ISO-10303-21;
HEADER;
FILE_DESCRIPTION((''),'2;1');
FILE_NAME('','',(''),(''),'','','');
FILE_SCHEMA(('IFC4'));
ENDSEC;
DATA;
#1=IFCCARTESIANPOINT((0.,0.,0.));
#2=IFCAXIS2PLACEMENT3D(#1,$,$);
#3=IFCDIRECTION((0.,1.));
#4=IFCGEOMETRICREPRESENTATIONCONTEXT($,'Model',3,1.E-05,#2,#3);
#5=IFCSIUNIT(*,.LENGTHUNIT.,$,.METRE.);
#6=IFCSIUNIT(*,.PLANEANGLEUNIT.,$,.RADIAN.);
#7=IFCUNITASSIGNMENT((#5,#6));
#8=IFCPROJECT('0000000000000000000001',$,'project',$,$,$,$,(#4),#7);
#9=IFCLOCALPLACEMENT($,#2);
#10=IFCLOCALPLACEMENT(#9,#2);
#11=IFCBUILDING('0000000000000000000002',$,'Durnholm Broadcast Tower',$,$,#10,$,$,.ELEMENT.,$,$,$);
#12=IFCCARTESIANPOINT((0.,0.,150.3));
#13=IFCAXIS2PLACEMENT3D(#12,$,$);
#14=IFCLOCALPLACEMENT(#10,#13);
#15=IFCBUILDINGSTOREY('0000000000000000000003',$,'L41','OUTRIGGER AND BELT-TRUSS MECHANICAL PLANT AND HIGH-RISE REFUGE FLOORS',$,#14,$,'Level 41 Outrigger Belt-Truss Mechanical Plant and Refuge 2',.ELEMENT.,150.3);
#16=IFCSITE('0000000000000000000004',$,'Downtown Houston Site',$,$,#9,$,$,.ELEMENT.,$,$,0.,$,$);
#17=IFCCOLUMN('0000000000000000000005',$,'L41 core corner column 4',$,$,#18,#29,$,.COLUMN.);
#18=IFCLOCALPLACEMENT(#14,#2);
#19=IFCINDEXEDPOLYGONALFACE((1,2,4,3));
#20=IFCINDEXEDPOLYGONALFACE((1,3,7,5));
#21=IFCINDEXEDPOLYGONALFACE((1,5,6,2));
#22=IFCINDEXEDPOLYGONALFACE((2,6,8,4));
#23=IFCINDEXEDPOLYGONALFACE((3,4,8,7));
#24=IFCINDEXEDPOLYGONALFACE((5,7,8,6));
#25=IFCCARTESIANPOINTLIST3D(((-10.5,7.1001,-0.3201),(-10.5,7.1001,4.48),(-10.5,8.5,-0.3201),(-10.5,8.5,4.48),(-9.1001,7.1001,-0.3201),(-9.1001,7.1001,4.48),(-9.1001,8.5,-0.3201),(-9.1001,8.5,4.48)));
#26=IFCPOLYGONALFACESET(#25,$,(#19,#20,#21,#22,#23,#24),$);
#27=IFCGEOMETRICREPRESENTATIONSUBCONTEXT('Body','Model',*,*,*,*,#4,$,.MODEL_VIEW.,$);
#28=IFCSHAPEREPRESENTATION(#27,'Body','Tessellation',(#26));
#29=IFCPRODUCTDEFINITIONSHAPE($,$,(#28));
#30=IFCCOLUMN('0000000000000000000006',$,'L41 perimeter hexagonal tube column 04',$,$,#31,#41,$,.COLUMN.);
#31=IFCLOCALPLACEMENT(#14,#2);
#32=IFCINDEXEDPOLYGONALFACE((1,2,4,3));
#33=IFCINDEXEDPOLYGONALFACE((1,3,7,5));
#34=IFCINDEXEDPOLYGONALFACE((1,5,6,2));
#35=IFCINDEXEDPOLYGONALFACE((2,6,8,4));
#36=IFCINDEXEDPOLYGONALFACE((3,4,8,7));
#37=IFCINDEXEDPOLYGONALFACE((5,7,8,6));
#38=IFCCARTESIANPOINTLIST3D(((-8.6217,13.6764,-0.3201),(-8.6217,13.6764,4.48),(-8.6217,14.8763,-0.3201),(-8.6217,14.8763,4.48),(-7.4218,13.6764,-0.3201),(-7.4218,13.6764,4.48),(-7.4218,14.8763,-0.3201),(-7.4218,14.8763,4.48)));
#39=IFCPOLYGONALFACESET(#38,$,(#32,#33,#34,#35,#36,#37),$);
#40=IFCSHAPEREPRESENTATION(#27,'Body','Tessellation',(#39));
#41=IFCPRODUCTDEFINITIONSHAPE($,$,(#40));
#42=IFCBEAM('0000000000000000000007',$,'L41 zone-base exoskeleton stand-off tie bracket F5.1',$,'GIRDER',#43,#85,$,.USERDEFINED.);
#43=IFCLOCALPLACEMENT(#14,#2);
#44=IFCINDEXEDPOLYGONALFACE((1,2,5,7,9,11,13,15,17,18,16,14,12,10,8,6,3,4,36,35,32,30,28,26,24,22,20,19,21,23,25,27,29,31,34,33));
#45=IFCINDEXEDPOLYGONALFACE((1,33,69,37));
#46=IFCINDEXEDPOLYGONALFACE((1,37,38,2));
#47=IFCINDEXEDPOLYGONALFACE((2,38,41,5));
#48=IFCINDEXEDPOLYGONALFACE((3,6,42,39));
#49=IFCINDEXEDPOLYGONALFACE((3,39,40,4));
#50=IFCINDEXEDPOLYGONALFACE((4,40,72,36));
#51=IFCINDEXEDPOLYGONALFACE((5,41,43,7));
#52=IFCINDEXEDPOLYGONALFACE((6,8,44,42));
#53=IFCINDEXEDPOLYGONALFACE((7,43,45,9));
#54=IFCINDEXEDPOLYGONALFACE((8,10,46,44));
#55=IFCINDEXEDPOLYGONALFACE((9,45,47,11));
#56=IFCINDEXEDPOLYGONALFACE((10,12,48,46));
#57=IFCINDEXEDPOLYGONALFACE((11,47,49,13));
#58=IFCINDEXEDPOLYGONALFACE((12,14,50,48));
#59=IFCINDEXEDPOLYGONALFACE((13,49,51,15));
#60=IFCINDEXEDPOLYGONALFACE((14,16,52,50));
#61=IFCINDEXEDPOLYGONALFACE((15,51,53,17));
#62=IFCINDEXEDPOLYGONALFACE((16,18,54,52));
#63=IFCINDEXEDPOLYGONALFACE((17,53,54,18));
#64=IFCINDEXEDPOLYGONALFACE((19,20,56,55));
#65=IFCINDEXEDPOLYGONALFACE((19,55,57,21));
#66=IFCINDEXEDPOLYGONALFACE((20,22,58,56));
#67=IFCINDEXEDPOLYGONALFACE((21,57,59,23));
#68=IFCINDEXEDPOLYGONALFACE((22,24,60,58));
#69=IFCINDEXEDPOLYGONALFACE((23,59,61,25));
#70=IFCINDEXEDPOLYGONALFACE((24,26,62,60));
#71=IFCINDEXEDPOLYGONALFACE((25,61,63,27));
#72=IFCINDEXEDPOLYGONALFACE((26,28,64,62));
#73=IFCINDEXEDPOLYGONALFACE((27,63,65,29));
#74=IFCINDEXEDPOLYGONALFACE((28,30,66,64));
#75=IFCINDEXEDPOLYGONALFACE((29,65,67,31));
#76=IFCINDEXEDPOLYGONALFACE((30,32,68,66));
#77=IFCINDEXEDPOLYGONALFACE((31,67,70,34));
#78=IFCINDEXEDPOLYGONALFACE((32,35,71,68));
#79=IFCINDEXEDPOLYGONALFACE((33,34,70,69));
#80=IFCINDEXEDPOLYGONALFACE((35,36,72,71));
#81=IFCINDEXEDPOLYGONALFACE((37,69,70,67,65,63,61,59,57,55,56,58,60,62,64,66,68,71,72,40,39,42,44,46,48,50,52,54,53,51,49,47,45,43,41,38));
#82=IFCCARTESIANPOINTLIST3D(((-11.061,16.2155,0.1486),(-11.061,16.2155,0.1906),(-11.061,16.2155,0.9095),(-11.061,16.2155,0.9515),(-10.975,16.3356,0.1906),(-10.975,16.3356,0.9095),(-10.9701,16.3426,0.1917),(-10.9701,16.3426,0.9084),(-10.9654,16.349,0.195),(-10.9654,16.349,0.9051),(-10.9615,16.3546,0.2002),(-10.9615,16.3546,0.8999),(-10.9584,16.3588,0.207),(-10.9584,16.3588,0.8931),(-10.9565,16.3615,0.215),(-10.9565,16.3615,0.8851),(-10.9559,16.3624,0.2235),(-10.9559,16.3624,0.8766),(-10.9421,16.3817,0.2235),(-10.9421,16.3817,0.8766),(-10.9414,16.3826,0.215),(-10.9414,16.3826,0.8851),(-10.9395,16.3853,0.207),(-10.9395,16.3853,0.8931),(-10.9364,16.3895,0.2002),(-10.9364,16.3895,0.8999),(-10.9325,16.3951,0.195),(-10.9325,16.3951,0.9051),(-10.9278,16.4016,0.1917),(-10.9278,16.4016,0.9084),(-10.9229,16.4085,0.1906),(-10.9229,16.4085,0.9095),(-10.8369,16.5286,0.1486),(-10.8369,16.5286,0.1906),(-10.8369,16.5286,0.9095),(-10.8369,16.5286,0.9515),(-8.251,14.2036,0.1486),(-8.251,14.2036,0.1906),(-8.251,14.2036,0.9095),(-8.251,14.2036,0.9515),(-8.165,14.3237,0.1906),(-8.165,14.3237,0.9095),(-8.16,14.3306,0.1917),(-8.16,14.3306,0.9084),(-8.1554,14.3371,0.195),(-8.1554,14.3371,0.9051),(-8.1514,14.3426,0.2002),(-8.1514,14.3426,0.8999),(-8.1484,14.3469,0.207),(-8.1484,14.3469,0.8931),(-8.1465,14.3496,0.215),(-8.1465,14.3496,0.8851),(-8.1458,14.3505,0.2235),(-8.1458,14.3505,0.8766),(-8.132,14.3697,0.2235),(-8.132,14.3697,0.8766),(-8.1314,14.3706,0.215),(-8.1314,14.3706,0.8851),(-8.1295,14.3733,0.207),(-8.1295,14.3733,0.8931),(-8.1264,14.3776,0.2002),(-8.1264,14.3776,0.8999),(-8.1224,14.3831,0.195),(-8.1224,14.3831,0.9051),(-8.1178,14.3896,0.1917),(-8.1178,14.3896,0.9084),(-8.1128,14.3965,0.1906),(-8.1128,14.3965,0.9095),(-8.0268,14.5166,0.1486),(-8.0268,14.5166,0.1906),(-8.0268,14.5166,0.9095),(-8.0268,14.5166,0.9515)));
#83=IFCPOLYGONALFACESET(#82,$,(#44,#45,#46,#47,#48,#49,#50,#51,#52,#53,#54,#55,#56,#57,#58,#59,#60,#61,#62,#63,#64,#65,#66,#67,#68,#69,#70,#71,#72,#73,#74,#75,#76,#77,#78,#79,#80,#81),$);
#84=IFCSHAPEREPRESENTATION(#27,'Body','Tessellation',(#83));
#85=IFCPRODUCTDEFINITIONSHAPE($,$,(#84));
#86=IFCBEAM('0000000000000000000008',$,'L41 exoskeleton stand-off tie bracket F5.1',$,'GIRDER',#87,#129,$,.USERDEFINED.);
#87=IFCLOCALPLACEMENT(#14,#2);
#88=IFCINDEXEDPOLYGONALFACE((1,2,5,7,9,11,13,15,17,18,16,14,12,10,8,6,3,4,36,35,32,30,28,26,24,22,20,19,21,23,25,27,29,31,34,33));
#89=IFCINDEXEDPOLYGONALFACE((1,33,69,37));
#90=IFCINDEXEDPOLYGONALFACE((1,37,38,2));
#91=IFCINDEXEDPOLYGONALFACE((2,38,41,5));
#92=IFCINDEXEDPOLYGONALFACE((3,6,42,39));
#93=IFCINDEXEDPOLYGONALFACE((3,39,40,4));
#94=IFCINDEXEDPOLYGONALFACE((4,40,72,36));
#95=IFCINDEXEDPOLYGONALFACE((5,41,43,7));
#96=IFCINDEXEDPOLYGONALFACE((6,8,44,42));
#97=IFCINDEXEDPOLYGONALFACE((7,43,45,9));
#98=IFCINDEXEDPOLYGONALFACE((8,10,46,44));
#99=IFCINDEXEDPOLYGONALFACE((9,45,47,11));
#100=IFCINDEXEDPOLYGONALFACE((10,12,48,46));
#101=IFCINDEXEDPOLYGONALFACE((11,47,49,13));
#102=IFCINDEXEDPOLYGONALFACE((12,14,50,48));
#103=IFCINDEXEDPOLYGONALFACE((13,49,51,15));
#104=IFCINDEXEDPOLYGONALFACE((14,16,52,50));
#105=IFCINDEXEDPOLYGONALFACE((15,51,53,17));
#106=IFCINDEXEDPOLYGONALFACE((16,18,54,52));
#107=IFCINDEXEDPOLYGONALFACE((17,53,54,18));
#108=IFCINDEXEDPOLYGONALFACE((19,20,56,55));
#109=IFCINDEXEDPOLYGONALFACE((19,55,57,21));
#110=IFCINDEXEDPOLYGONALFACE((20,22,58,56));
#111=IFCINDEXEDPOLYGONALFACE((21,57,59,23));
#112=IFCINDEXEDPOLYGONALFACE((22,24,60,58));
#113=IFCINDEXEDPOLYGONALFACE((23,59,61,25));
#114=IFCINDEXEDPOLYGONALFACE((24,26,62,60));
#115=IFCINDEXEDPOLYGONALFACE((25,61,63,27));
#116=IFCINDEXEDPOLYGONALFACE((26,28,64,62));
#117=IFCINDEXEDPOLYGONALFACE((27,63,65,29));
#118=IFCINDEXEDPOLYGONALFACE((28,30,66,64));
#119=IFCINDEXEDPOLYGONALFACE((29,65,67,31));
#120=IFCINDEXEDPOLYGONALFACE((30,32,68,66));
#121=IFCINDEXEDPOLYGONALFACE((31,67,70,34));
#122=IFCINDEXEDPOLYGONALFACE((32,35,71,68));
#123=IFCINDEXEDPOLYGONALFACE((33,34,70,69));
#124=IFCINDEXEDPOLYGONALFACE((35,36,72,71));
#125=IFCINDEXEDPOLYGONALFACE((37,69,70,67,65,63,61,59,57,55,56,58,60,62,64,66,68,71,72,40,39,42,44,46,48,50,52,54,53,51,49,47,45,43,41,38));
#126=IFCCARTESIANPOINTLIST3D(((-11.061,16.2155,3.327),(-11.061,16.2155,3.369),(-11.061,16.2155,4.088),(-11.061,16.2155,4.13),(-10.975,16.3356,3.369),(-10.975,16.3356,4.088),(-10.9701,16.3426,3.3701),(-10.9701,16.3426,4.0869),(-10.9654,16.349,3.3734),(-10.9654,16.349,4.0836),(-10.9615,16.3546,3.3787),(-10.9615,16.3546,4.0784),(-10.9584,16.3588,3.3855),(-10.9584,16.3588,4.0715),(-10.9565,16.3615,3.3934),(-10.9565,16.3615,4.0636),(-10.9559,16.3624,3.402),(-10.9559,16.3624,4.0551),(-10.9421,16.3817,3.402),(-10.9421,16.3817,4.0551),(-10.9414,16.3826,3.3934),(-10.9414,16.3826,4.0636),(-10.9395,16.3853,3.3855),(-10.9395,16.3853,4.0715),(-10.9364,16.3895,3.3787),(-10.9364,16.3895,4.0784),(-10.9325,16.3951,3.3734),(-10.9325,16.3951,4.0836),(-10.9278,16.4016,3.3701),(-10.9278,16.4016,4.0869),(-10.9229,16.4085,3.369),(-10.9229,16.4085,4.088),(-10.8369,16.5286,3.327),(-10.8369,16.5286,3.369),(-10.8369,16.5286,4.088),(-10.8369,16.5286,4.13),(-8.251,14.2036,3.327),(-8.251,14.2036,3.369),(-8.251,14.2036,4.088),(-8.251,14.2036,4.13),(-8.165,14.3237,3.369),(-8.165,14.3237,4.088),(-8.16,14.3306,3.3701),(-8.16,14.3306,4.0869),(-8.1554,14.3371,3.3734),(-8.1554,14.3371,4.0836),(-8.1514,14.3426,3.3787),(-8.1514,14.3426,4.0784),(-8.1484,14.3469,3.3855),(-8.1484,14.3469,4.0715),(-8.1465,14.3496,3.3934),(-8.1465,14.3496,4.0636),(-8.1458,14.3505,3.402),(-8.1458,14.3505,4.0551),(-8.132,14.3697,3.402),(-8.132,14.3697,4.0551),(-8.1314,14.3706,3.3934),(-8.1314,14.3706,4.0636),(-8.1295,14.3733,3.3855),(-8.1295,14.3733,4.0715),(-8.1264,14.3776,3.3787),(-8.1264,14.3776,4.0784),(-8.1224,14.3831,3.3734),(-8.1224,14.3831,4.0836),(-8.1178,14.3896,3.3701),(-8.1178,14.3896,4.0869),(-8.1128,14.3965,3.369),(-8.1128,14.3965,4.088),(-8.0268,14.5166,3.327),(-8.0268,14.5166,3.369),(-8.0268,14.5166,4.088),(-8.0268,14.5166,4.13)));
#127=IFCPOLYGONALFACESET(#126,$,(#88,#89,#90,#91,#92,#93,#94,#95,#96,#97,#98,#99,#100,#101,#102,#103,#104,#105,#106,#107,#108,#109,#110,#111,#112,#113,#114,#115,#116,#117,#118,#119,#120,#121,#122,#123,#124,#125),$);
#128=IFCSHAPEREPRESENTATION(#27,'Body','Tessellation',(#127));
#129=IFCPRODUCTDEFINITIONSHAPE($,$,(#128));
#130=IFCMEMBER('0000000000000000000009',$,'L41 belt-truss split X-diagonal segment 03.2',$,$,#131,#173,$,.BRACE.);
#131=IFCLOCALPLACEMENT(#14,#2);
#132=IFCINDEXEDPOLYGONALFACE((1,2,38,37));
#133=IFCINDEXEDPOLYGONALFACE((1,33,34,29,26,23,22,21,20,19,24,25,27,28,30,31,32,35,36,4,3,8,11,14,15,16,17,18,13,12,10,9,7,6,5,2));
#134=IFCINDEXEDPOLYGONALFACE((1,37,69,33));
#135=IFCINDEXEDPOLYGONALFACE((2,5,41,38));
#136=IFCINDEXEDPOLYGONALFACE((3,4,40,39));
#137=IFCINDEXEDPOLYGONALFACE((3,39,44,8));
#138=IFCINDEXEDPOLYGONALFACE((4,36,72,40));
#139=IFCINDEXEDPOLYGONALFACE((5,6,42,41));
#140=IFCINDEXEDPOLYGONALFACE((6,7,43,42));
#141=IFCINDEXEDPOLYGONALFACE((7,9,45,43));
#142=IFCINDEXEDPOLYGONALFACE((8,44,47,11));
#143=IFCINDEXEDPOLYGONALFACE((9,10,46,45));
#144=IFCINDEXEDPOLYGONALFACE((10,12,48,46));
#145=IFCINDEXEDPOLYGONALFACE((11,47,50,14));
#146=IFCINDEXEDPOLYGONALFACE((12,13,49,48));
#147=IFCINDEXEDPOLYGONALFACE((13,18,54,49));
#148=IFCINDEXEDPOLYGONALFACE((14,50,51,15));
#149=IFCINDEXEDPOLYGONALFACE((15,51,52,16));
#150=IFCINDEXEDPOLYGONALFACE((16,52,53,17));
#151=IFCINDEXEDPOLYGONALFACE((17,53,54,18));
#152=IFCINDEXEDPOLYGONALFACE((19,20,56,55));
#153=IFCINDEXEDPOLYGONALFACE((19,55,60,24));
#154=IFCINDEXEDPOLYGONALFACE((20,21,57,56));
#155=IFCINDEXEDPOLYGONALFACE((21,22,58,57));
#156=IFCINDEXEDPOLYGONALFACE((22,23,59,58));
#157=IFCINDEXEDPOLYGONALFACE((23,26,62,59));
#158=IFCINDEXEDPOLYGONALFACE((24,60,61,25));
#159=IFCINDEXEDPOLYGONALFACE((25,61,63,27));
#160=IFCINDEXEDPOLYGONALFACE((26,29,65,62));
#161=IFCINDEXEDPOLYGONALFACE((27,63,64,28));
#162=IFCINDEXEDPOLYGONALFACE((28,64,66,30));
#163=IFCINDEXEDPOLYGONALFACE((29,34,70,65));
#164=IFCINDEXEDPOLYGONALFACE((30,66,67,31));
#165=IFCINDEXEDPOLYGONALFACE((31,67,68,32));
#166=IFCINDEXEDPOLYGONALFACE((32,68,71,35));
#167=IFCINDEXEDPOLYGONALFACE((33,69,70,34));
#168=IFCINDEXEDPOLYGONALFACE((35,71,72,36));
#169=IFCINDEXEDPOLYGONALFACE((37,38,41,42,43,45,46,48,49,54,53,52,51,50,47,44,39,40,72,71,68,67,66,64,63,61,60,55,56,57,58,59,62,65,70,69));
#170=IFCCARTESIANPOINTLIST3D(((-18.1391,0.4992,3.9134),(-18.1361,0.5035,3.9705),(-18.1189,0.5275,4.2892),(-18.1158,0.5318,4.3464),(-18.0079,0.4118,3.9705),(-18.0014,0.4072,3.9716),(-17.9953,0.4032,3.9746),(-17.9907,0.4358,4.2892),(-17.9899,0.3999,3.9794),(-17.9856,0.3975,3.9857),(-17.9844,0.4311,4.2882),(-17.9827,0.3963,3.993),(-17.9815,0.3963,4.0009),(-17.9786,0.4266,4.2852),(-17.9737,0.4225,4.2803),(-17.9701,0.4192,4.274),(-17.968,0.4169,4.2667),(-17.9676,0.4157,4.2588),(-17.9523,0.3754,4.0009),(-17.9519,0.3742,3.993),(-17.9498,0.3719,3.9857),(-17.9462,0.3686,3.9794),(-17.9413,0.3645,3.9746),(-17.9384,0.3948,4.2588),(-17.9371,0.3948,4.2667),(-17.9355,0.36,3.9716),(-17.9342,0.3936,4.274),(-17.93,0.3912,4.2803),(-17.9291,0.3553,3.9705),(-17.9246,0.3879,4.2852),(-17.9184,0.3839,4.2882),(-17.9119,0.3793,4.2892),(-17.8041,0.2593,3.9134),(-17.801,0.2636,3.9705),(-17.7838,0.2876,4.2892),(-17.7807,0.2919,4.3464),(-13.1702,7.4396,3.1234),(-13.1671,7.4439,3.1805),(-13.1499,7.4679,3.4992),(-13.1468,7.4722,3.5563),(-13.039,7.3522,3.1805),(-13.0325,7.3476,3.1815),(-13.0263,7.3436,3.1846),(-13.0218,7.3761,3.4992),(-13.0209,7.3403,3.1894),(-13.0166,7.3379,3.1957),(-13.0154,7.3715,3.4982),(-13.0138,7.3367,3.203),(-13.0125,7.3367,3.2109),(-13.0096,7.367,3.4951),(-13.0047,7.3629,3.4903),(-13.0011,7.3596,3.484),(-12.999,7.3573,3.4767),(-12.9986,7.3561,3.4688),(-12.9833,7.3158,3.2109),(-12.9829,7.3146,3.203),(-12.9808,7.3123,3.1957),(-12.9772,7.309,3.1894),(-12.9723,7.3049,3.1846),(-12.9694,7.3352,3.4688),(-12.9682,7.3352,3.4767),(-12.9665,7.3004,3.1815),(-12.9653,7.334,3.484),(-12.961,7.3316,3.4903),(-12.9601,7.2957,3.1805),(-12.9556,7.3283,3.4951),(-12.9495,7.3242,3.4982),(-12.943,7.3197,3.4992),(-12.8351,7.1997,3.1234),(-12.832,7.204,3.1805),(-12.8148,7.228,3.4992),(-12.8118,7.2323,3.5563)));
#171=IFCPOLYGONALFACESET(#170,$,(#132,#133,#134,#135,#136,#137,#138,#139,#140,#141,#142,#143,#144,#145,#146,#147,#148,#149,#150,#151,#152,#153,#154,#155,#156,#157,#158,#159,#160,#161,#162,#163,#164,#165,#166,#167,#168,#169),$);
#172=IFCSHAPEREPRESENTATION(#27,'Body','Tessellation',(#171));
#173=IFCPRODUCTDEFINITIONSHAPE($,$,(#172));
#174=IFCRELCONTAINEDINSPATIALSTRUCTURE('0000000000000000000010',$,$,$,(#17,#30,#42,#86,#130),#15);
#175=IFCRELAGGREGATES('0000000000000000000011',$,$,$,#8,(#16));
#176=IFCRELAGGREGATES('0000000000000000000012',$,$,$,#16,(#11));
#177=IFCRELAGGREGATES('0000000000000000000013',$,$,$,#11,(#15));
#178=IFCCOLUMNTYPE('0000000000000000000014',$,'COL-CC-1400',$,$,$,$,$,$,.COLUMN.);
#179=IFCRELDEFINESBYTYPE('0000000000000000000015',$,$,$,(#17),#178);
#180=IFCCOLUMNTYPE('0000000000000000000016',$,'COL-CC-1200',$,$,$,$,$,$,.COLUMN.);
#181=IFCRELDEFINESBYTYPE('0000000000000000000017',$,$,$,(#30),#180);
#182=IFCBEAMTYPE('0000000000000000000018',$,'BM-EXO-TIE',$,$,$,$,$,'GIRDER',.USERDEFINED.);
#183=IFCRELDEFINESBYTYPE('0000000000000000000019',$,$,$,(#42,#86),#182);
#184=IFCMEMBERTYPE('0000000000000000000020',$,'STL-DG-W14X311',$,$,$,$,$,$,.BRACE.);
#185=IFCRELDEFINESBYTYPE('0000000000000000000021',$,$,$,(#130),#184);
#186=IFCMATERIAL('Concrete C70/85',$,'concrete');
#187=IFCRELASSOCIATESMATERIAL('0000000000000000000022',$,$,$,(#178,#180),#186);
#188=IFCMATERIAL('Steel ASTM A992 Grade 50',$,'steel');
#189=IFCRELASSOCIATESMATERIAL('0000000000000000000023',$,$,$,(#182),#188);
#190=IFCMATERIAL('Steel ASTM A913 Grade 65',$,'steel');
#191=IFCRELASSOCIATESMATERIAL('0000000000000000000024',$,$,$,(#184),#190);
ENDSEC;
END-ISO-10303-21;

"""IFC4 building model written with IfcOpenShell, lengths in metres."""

from ifc_helpers import new_model, si_unit, direction, frame, origin, origin_2d, place, context, subcontext, project, spatial, rectangle, i_section, extrude, source, transform, mapped, material, material_profile, profile_set, type_object, type_shapes, element, save


model = new_model("IFC4")

# Units and contexts
model_context = context("Model", 3, precision=1e-05, world=origin(), true_north=direction((0.0, 1.0)))
body_context = subcontext(model_context, "Body", "Model", "MODEL_VIEW")
ifc_project = project(units=[si_unit("LENGTHUNIT", "METRE"), si_unit("PLANEANGLEUNIT", "RADIAN")], contexts=[model_context])

# Site, building, storey
site_placement = place(None, origin())
site = spatial("IfcSite", under=ifc_project, at=site_placement, Name="Downtown Houston Site", CompositionType="ELEMENT", RefElevation=0.0)
building_placement = place(site_placement, origin())
building = spatial("IfcBuilding", under=site, at=building_placement, Name="Durnholm Broadcast Tower", CompositionType="ELEMENT")
storey_placement = place(building_placement, frame((0.0, 0.0, 150.3)))
storey = spatial("IfcBuildingStorey", under=building, at=storey_placement, Name="L41", Description="OUTRIGGER AND BELT-TRUSS MECHANICAL PLANT AND HIGH-RISE REFUGE FLOORS", LongName="Level 41 Outrigger Belt-Truss Mechanical Plant and Refuge 2", CompositionType="ELEMENT", Elevation=150.3)

# Columns
ifc_material_1 = material(Name="Concrete C70/85", Category="concrete")
ifc_material_profile_1 = material_profile(ifc_material_1, rectangle(XDim=1.3999, YDim=1.3999, at=origin_2d()), Name="RC1400X1400")
ifc_profile_set_1 = profile_set([ifc_material_profile_1], Name="Concrete C70/85")
column_type_1 = type_object("IfcColumnType", Name="COL-CC-1400", PredefinedType="COLUMN", material=ifc_profile_set_1)
shared_shape_1 = source(origin(), body_context, "Body", "SweptSolid", [
    extrude(rectangle(XDim=1.3999, YDim=1.3999, at=origin_2d()), origin(), (0.0, 0.0, 1.0), 4.8),
])
type_shapes(column_type_1, [shared_shape_1])
column_1_placement = place(storey_placement, frame((-9.8, 7.8, -0.3201), z_axis=(0.0, 0.0, 1.0), x_axis=(1.0, 0.0, 0.0)))
element("IfcColumn", 1, at=column_1_placement, inside=storey, type_object=column_type_1, Name="L41 core corner column 4", PredefinedType="COLUMN", context=body_context, shape_type="MappedRepresentation", body=[
    mapped(shared_shape_1, transform((0.0, 0.0, 0.0), x_axis=(1.0, 0.0, 0.0), y_axis=(0.0, 1.0, 0.0), z_axis=(0.0, 0.0, 1.0), scale=1.0)),
])
ifc_material_profile_2 = material_profile(ifc_material_1, rectangle(XDim=1.2, YDim=1.2, at=origin_2d()), Name="RC1200X1200")
ifc_profile_set_2 = profile_set([ifc_material_profile_2], Name="Concrete C70/85")
column_type_2 = type_object("IfcColumnType", Name="COL-CC-1200", PredefinedType="COLUMN", material=ifc_profile_set_2)
shared_shape_2 = source(origin(), body_context, "Body", "SweptSolid", [
    extrude(rectangle(XDim=1.2, YDim=1.2, at=origin_2d()), origin(), (0.0, 0.0, 1.0), 4.8),
])
type_shapes(column_type_2, [shared_shape_2])
column_2_placement = place(storey_placement, frame((-8.0217, 14.2764, -0.3201), z_axis=(0.0, 0.0, 1.0), x_axis=(1.0, 0.0, 0.0)))
element("IfcColumn", 2, at=column_2_placement, inside=storey, type_object=column_type_2, Name="L41 perimeter hexagonal tube column 04", PredefinedType="COLUMN", context=body_context, shape_type="MappedRepresentation", body=[
    mapped(shared_shape_2, transform((0.0, 0.0, 0.0), x_axis=(1.0, 0.0, 0.0), y_axis=(0.0, 1.0, 0.0), z_axis=(0.0, 0.0, 1.0), scale=1.0)),
])

# Beams
ifc_material_2 = material(Name="Steel ASTM A992 Grade 50", Category="steel")
ifc_material_profile_3 = material_profile(ifc_material_2, i_section(OverallWidth=0.385, OverallDepth=0.803, WebThickness=0.0237, FlangeThickness=0.042, FilletRadius=0.033, at=origin_2d()), Name="W30X261")
ifc_profile_set_3 = profile_set([ifc_material_profile_3], Name="Steel ASTM A992 Grade 50")
beam_type = type_object("IfcBeamType", Name="BM-EXO-TIE", ElementType="GIRDER", PredefinedType="USERDEFINED", material=ifc_profile_set_3)
shared_shape_3 = source(origin(), body_context, "Body", "SweptSolid", [
    extrude(i_section(OverallWidth=0.385, OverallDepth=0.803, WebThickness=0.0237, FlangeThickness=0.042, FilletRadius=0.033, at=origin_2d()), origin(), (0.0, 0.0, 1.0), 3.4561),
])
for number, where, z_axis, x_axis, name in (
    (3, (-8.1389, 14.3601, 0.55), (-0.813079, 0.582153, 0.0), (-0.582153, -0.813079, 0.0), "L41 zone-base exoskeleton stand-off tie bracket F5.1"),
    (4, (-8.1389, 14.3601, 3.7285), (-0.813079, 0.582153, 0.0), (-0.582153, -0.813079, 0.0), "L41 exoskeleton stand-off tie bracket F5.1"),
):
    element("IfcBeam", number, at=place(storey_placement, frame(where, z_axis=z_axis, x_axis=x_axis)), inside=storey, type_object=beam_type, Name=name, ObjectType="GIRDER", PredefinedType="USERDEFINED", context=body_context, shape_type="MappedRepresentation", body=[
        mapped(shared_shape_3, transform((0.0, 0.0, 0.0), x_axis=(1.0, 0.0, 0.0), y_axis=(0.0, 1.0, 0.0), z_axis=(0.0, 0.0, 1.0), scale=1.0)),
    ])

# Member
ifc_material_3 = material(Name="Steel ASTM A913 Grade 65", Category="steel")
ifc_material_profile_4 = material_profile(ifc_material_3, i_section(OverallWidth=0.4121, OverallDepth=0.4348, WebThickness=0.0359, FlangeThickness=0.0574, FilletRadius=0.0305, at=origin_2d()), Name="W14X311")
ifc_profile_set_4 = profile_set([ifc_material_profile_4], Name="Steel ASTM A913 Grade 65")
member_type_1 = type_object("IfcMemberType", Name="STL-DG-W14X311", PredefinedType="BRACE", material=ifc_profile_set_4)
shared_shape_4 = source(origin(), body_context, "Body", "SweptSolid", [
    extrude(i_section(OverallWidth=0.4121, OverallDepth=0.4348, WebThickness=0.0359, FlangeThickness=0.0574, FilletRadius=0.0305, at=origin_2d()), origin(), (0.0, 0.0, 1.0), 8.5723),
])
member_1_placement = place(storey_placement, frame((-12.991, 7.3359, 3.3398), z_axis=(-0.579656, -0.809633, 0.092162), x_axis=(0.813093, -0.582133, 0.0)))
element("IfcMember", 5, at=member_1_placement, inside=storey, type_object=member_type_1, Name="L41 belt-truss split X-diagonal segment 03.2", PredefinedType="BRACE", context=body_context, shape_type="MappedRepresentation", body=[
    mapped(shared_shape_4, transform((0.0, 0.0, 0.0), x_axis=(1.0, 0.0, 0.0), y_axis=(0.0, 1.0, 0.0), z_axis=(0.0, 0.0, 1.0), scale=1.0)),
])

save(model, "model.ifc")
